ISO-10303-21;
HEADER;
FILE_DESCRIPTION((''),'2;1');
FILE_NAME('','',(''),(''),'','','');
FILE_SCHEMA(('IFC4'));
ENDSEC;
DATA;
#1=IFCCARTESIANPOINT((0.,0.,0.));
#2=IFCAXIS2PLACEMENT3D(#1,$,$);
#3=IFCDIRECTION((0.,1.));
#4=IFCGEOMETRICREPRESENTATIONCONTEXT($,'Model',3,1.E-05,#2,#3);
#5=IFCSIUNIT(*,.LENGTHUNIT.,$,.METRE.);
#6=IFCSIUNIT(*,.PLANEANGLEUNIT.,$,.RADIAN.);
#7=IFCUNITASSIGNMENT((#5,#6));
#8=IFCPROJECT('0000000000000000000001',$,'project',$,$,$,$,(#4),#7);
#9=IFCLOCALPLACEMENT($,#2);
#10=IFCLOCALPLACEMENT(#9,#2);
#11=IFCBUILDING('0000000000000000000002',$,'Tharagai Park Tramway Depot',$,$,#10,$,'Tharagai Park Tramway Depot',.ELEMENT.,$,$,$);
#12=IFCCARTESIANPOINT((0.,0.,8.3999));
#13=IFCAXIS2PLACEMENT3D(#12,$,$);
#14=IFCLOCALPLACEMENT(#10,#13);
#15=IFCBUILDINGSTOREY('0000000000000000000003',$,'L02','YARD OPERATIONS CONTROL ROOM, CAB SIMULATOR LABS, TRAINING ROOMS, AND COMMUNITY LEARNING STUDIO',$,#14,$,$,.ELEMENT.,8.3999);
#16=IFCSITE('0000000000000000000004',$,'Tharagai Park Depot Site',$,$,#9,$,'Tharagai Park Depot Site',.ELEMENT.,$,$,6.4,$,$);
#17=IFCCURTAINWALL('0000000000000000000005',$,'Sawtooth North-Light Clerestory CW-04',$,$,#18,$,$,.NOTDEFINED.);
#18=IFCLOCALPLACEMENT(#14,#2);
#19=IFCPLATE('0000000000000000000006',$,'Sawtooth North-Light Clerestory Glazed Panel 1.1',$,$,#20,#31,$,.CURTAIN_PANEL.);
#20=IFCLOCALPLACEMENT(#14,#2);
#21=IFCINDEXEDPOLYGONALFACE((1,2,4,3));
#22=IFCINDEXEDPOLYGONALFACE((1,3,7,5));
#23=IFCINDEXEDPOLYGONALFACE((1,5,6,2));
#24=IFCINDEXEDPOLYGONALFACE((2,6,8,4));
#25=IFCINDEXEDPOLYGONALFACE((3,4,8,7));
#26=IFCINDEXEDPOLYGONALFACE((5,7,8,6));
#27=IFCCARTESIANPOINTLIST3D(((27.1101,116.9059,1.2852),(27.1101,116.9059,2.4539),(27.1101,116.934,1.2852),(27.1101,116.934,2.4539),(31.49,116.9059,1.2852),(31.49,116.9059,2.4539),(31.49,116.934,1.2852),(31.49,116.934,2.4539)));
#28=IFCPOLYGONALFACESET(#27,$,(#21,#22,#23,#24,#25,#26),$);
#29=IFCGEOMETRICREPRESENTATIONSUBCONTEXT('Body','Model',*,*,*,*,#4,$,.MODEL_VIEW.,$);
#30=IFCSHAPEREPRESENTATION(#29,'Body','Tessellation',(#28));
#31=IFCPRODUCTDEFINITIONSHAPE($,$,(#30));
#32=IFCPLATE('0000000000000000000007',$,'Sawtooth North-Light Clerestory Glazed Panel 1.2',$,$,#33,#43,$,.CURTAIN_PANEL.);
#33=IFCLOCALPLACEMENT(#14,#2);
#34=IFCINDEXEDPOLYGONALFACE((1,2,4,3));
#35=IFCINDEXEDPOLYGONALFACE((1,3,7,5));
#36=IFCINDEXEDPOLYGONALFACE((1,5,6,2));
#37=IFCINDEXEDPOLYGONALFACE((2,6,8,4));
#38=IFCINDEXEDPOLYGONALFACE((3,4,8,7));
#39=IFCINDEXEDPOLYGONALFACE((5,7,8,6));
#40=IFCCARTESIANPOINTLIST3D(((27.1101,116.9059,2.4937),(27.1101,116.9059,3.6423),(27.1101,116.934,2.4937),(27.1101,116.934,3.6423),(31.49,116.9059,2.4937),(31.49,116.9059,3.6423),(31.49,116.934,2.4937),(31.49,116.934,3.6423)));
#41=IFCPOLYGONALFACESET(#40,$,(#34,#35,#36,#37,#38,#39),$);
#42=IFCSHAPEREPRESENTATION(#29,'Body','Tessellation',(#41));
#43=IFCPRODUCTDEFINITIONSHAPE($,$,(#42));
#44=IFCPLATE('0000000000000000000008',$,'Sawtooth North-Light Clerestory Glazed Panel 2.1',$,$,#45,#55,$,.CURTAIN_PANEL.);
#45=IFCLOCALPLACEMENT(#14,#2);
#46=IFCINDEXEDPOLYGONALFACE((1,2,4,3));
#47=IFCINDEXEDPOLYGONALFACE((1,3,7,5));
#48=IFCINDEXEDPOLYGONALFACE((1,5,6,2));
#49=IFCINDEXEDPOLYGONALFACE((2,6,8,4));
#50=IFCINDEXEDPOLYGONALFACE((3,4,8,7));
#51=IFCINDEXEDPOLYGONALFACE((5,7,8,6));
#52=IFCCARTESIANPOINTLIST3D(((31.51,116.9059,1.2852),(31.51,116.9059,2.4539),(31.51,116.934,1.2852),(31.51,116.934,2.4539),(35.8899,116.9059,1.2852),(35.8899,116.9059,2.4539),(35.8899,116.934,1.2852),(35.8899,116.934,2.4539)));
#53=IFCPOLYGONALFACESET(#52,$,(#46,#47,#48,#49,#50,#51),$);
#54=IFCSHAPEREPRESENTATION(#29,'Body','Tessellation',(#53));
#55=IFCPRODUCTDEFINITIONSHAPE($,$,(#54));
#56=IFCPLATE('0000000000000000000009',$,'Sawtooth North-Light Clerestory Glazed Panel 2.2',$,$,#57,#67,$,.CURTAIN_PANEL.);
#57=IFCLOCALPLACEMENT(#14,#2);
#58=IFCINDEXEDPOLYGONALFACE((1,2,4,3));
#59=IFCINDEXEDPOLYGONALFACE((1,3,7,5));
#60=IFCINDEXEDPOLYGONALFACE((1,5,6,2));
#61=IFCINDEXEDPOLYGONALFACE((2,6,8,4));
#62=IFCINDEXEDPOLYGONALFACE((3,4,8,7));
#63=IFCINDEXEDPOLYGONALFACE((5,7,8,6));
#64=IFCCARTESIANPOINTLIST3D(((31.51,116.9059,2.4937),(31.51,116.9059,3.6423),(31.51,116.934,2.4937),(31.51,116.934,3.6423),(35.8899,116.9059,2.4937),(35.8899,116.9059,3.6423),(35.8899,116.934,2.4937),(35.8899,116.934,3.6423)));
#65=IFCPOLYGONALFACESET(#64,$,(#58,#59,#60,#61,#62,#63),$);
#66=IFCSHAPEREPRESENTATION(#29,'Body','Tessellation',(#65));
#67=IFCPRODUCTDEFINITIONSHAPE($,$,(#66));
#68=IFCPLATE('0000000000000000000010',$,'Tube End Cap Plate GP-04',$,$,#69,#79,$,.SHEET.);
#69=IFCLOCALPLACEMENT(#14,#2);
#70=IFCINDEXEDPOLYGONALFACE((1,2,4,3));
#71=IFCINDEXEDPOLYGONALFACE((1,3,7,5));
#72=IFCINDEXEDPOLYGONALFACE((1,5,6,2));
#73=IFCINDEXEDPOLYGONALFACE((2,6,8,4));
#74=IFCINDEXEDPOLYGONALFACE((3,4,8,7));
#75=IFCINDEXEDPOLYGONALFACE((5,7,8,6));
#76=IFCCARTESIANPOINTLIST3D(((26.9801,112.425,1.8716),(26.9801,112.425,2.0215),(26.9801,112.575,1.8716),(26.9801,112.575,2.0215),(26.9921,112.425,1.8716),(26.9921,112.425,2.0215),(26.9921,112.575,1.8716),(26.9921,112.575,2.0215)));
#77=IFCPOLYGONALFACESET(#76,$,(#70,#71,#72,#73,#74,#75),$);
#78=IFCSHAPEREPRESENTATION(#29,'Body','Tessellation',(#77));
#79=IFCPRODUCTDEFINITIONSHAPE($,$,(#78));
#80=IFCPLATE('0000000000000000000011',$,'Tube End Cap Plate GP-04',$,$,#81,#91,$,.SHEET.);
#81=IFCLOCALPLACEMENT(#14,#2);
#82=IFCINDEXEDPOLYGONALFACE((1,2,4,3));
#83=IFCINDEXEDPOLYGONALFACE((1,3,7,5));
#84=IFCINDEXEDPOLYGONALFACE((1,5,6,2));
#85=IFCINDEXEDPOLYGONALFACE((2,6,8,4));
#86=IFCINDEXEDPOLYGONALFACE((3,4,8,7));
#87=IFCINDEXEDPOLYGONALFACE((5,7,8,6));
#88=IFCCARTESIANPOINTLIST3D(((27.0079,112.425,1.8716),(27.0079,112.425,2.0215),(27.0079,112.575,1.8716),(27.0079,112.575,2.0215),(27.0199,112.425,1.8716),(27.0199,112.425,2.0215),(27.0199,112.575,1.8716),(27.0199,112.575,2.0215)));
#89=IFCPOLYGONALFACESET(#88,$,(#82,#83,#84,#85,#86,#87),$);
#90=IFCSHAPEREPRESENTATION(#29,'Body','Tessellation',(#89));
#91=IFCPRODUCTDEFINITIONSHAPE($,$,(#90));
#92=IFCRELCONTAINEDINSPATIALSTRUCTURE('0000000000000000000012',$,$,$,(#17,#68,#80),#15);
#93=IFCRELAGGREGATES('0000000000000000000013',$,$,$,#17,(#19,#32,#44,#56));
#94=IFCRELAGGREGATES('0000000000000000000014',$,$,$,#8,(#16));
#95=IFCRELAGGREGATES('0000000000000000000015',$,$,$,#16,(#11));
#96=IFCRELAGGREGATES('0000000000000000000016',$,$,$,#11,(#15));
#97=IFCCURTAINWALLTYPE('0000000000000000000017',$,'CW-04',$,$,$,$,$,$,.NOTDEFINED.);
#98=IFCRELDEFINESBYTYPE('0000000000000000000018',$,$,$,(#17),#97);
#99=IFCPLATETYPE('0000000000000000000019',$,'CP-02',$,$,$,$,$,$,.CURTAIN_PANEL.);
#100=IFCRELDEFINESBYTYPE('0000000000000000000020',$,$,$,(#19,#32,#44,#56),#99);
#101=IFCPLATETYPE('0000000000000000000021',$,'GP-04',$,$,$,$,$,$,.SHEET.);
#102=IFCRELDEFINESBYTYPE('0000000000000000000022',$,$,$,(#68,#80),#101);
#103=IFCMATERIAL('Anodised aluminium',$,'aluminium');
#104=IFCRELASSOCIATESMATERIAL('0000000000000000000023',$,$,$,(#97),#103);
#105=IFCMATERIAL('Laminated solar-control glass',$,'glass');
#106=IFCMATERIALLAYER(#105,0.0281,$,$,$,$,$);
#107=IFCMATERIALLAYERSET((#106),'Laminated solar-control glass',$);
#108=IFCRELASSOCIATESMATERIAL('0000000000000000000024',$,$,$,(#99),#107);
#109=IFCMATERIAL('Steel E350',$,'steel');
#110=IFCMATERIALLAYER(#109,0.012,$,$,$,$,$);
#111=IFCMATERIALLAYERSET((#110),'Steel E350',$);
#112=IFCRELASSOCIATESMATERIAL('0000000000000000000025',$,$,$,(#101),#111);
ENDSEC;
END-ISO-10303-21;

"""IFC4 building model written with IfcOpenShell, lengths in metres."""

from ifc_helpers import new_model, si_unit, direction, frame, origin, origin_2d, place, context, subcontext, project, spatial, rectangle, extrude, material, layer, layer_set, type_object, element, aggregate, save


model = new_model("IFC4")

# Units and contexts
model_context = context("Model", 3, precision=1e-05, world=origin(), true_north=direction((0.0, 1.0)))
body_context = subcontext(model_context, "Body", "Model", "MODEL_VIEW")
ifc_project = project(units=[si_unit("LENGTHUNIT", "METRE"), si_unit("PLANEANGLEUNIT", "RADIAN")], contexts=[model_context])

# Site, building, storey
site_placement = place(None, origin())
site = spatial("IfcSite", under=ifc_project, at=site_placement, Name="Tharagai Park Depot Site", LongName="Tharagai Park Depot Site", CompositionType="ELEMENT", RefElevation=6.4)
building_placement = place(site_placement, origin())
building = spatial("IfcBuilding", under=site, at=building_placement, Name="Tharagai Park Tramway Depot", LongName="Tharagai Park Tramway Depot", CompositionType="ELEMENT")
storey_placement = place(building_placement, frame((0.0, 0.0, 8.3999)))
storey = spatial("IfcBuildingStorey", under=building, at=storey_placement, Name="L02", Description="YARD OPERATIONS CONTROL ROOM, CAB SIMULATOR LABS, TRAINING ROOMS, AND COMMUNITY LEARNING STUDIO", CompositionType="ELEMENT", Elevation=8.3999)

# Shared definitions
ifc_material_1 = material(Name="Steel E350", Category="steel")

# Curtain wall
ifc_material_2 = material(Name="Anodised aluminium", Category="aluminium")
curtain_wall_type = type_object("IfcCurtainWallType", Name="CW-04", PredefinedType="NOTDEFINED", material=ifc_material_2)
curtain_wall_placement = place(storey_placement, origin())
curtain_wall = element("IfcCurtainWall", 1, at=curtain_wall_placement, inside=storey, type_object=curtain_wall_type, Name="Sawtooth North-Light Clerestory CW-04", PredefinedType="NOTDEFINED")

# Plates
ifc_material_3 = material(Name="Laminated solar-control glass", Category="glass")
ifc_layer_1 = layer(ifc_material_3, 0.0281)
ifc_layer_set_1 = layer_set([ifc_layer_1], Name="Laminated solar-control glass")
plate_type_1 = type_object("IfcPlateType", Name="CP-02", PredefinedType="CURTAIN_PANEL", material=ifc_layer_set_1)
plate_1_placement = place(storey_placement, frame((29.3, 116.9199, 1.2852), z_axis=(0.0, 0.0, 1.0), x_axis=(1.0, 0.0, 0.0)))
plate_1 = element("IfcPlate", 2, at=plate_1_placement, type_object=plate_type_1, Name="Sawtooth North-Light Clerestory Glazed Panel 1.1", PredefinedType="CURTAIN_PANEL", context=body_context, shape_type="SweptSolid", body=[
    extrude(rectangle(XDim=4.3799, YDim=0.0281, at=origin_2d()), origin(), (0.0, 0.0, 1.0), 1.1687),
])
plate_2_placement = place(storey_placement, frame((29.3, 116.9199, 2.4937), z_axis=(0.0, 0.0, 1.0), x_axis=(1.0, 0.0, 0.0)))
plate_2 = element("IfcPlate", 3, at=plate_2_placement, type_object=plate_type_1, Name="Sawtooth North-Light Clerestory Glazed Panel 1.2", PredefinedType="CURTAIN_PANEL", context=body_context, shape_type="SweptSolid", body=[
    extrude(rectangle(XDim=4.3799, YDim=0.0281, at=origin_2d()), origin(), (0.0, 0.0, 1.0), 1.1487),
])
plate_3_placement = place(storey_placement, frame((33.7, 116.9199, 1.2852), z_axis=(0.0, 0.0, 1.0), x_axis=(1.0, 0.0, 0.0)))
plate_3 = element("IfcPlate", 4, at=plate_3_placement, type_object=plate_type_1, Name="Sawtooth North-Light Clerestory Glazed Panel 2.1", PredefinedType="CURTAIN_PANEL", context=body_context, shape_type="SweptSolid", body=[
    extrude(rectangle(XDim=4.3799, YDim=0.0281, at=origin_2d()), origin(), (0.0, 0.0, 1.0), 1.1687),
])
plate_4_placement = place(storey_placement, frame((33.7, 116.9199, 2.4937), z_axis=(0.0, 0.0, 1.0), x_axis=(1.0, 0.0, 0.0)))
plate_4 = element("IfcPlate", 5, at=plate_4_placement, type_object=plate_type_1, Name="Sawtooth North-Light Clerestory Glazed Panel 2.2", PredefinedType="CURTAIN_PANEL", context=body_context, shape_type="SweptSolid", body=[
    extrude(rectangle(XDim=4.3799, YDim=0.0281, at=origin_2d()), origin(), (0.0, 0.0, 1.0), 1.1487),
])
aggregate(curtain_wall, [plate_1, plate_2, plate_3, plate_4])

# Plates
ifc_layer_2 = layer(ifc_material_1, 0.012)
ifc_layer_set_2 = layer_set([ifc_layer_2], Name="Steel E350")
plate_type_2 = type_object("IfcPlateType", Name="GP-04", PredefinedType="SHEET", material=ifc_layer_set_2)
for number, where, z_axis, x_axis, name in (
    (6, (26.9861, 112.5, 1.8716), (0.0, 0.0, 1.0), (1.0, 0.0, 0.0), "Tube End Cap Plate GP-04"),
    (7, (27.0139, 112.5, 1.8716), (0.0, 0.0, 1.0), (1.0, 0.0, 0.0), "Tube End Cap Plate GP-04"),
):
    element("IfcPlate", number, at=place(storey_placement, frame(where, z_axis=z_axis, x_axis=x_axis)), inside=storey, type_object=plate_type_2, Name=name, PredefinedType="SHEET", context=body_context, shape_type="SweptSolid", body=[
        extrude(rectangle(XDim=0.012, YDim=0.1499, at=origin_2d()), origin(), (0.0, 0.0, 1.0), 0.1499),
    ])

save(model, "model.ifc")
